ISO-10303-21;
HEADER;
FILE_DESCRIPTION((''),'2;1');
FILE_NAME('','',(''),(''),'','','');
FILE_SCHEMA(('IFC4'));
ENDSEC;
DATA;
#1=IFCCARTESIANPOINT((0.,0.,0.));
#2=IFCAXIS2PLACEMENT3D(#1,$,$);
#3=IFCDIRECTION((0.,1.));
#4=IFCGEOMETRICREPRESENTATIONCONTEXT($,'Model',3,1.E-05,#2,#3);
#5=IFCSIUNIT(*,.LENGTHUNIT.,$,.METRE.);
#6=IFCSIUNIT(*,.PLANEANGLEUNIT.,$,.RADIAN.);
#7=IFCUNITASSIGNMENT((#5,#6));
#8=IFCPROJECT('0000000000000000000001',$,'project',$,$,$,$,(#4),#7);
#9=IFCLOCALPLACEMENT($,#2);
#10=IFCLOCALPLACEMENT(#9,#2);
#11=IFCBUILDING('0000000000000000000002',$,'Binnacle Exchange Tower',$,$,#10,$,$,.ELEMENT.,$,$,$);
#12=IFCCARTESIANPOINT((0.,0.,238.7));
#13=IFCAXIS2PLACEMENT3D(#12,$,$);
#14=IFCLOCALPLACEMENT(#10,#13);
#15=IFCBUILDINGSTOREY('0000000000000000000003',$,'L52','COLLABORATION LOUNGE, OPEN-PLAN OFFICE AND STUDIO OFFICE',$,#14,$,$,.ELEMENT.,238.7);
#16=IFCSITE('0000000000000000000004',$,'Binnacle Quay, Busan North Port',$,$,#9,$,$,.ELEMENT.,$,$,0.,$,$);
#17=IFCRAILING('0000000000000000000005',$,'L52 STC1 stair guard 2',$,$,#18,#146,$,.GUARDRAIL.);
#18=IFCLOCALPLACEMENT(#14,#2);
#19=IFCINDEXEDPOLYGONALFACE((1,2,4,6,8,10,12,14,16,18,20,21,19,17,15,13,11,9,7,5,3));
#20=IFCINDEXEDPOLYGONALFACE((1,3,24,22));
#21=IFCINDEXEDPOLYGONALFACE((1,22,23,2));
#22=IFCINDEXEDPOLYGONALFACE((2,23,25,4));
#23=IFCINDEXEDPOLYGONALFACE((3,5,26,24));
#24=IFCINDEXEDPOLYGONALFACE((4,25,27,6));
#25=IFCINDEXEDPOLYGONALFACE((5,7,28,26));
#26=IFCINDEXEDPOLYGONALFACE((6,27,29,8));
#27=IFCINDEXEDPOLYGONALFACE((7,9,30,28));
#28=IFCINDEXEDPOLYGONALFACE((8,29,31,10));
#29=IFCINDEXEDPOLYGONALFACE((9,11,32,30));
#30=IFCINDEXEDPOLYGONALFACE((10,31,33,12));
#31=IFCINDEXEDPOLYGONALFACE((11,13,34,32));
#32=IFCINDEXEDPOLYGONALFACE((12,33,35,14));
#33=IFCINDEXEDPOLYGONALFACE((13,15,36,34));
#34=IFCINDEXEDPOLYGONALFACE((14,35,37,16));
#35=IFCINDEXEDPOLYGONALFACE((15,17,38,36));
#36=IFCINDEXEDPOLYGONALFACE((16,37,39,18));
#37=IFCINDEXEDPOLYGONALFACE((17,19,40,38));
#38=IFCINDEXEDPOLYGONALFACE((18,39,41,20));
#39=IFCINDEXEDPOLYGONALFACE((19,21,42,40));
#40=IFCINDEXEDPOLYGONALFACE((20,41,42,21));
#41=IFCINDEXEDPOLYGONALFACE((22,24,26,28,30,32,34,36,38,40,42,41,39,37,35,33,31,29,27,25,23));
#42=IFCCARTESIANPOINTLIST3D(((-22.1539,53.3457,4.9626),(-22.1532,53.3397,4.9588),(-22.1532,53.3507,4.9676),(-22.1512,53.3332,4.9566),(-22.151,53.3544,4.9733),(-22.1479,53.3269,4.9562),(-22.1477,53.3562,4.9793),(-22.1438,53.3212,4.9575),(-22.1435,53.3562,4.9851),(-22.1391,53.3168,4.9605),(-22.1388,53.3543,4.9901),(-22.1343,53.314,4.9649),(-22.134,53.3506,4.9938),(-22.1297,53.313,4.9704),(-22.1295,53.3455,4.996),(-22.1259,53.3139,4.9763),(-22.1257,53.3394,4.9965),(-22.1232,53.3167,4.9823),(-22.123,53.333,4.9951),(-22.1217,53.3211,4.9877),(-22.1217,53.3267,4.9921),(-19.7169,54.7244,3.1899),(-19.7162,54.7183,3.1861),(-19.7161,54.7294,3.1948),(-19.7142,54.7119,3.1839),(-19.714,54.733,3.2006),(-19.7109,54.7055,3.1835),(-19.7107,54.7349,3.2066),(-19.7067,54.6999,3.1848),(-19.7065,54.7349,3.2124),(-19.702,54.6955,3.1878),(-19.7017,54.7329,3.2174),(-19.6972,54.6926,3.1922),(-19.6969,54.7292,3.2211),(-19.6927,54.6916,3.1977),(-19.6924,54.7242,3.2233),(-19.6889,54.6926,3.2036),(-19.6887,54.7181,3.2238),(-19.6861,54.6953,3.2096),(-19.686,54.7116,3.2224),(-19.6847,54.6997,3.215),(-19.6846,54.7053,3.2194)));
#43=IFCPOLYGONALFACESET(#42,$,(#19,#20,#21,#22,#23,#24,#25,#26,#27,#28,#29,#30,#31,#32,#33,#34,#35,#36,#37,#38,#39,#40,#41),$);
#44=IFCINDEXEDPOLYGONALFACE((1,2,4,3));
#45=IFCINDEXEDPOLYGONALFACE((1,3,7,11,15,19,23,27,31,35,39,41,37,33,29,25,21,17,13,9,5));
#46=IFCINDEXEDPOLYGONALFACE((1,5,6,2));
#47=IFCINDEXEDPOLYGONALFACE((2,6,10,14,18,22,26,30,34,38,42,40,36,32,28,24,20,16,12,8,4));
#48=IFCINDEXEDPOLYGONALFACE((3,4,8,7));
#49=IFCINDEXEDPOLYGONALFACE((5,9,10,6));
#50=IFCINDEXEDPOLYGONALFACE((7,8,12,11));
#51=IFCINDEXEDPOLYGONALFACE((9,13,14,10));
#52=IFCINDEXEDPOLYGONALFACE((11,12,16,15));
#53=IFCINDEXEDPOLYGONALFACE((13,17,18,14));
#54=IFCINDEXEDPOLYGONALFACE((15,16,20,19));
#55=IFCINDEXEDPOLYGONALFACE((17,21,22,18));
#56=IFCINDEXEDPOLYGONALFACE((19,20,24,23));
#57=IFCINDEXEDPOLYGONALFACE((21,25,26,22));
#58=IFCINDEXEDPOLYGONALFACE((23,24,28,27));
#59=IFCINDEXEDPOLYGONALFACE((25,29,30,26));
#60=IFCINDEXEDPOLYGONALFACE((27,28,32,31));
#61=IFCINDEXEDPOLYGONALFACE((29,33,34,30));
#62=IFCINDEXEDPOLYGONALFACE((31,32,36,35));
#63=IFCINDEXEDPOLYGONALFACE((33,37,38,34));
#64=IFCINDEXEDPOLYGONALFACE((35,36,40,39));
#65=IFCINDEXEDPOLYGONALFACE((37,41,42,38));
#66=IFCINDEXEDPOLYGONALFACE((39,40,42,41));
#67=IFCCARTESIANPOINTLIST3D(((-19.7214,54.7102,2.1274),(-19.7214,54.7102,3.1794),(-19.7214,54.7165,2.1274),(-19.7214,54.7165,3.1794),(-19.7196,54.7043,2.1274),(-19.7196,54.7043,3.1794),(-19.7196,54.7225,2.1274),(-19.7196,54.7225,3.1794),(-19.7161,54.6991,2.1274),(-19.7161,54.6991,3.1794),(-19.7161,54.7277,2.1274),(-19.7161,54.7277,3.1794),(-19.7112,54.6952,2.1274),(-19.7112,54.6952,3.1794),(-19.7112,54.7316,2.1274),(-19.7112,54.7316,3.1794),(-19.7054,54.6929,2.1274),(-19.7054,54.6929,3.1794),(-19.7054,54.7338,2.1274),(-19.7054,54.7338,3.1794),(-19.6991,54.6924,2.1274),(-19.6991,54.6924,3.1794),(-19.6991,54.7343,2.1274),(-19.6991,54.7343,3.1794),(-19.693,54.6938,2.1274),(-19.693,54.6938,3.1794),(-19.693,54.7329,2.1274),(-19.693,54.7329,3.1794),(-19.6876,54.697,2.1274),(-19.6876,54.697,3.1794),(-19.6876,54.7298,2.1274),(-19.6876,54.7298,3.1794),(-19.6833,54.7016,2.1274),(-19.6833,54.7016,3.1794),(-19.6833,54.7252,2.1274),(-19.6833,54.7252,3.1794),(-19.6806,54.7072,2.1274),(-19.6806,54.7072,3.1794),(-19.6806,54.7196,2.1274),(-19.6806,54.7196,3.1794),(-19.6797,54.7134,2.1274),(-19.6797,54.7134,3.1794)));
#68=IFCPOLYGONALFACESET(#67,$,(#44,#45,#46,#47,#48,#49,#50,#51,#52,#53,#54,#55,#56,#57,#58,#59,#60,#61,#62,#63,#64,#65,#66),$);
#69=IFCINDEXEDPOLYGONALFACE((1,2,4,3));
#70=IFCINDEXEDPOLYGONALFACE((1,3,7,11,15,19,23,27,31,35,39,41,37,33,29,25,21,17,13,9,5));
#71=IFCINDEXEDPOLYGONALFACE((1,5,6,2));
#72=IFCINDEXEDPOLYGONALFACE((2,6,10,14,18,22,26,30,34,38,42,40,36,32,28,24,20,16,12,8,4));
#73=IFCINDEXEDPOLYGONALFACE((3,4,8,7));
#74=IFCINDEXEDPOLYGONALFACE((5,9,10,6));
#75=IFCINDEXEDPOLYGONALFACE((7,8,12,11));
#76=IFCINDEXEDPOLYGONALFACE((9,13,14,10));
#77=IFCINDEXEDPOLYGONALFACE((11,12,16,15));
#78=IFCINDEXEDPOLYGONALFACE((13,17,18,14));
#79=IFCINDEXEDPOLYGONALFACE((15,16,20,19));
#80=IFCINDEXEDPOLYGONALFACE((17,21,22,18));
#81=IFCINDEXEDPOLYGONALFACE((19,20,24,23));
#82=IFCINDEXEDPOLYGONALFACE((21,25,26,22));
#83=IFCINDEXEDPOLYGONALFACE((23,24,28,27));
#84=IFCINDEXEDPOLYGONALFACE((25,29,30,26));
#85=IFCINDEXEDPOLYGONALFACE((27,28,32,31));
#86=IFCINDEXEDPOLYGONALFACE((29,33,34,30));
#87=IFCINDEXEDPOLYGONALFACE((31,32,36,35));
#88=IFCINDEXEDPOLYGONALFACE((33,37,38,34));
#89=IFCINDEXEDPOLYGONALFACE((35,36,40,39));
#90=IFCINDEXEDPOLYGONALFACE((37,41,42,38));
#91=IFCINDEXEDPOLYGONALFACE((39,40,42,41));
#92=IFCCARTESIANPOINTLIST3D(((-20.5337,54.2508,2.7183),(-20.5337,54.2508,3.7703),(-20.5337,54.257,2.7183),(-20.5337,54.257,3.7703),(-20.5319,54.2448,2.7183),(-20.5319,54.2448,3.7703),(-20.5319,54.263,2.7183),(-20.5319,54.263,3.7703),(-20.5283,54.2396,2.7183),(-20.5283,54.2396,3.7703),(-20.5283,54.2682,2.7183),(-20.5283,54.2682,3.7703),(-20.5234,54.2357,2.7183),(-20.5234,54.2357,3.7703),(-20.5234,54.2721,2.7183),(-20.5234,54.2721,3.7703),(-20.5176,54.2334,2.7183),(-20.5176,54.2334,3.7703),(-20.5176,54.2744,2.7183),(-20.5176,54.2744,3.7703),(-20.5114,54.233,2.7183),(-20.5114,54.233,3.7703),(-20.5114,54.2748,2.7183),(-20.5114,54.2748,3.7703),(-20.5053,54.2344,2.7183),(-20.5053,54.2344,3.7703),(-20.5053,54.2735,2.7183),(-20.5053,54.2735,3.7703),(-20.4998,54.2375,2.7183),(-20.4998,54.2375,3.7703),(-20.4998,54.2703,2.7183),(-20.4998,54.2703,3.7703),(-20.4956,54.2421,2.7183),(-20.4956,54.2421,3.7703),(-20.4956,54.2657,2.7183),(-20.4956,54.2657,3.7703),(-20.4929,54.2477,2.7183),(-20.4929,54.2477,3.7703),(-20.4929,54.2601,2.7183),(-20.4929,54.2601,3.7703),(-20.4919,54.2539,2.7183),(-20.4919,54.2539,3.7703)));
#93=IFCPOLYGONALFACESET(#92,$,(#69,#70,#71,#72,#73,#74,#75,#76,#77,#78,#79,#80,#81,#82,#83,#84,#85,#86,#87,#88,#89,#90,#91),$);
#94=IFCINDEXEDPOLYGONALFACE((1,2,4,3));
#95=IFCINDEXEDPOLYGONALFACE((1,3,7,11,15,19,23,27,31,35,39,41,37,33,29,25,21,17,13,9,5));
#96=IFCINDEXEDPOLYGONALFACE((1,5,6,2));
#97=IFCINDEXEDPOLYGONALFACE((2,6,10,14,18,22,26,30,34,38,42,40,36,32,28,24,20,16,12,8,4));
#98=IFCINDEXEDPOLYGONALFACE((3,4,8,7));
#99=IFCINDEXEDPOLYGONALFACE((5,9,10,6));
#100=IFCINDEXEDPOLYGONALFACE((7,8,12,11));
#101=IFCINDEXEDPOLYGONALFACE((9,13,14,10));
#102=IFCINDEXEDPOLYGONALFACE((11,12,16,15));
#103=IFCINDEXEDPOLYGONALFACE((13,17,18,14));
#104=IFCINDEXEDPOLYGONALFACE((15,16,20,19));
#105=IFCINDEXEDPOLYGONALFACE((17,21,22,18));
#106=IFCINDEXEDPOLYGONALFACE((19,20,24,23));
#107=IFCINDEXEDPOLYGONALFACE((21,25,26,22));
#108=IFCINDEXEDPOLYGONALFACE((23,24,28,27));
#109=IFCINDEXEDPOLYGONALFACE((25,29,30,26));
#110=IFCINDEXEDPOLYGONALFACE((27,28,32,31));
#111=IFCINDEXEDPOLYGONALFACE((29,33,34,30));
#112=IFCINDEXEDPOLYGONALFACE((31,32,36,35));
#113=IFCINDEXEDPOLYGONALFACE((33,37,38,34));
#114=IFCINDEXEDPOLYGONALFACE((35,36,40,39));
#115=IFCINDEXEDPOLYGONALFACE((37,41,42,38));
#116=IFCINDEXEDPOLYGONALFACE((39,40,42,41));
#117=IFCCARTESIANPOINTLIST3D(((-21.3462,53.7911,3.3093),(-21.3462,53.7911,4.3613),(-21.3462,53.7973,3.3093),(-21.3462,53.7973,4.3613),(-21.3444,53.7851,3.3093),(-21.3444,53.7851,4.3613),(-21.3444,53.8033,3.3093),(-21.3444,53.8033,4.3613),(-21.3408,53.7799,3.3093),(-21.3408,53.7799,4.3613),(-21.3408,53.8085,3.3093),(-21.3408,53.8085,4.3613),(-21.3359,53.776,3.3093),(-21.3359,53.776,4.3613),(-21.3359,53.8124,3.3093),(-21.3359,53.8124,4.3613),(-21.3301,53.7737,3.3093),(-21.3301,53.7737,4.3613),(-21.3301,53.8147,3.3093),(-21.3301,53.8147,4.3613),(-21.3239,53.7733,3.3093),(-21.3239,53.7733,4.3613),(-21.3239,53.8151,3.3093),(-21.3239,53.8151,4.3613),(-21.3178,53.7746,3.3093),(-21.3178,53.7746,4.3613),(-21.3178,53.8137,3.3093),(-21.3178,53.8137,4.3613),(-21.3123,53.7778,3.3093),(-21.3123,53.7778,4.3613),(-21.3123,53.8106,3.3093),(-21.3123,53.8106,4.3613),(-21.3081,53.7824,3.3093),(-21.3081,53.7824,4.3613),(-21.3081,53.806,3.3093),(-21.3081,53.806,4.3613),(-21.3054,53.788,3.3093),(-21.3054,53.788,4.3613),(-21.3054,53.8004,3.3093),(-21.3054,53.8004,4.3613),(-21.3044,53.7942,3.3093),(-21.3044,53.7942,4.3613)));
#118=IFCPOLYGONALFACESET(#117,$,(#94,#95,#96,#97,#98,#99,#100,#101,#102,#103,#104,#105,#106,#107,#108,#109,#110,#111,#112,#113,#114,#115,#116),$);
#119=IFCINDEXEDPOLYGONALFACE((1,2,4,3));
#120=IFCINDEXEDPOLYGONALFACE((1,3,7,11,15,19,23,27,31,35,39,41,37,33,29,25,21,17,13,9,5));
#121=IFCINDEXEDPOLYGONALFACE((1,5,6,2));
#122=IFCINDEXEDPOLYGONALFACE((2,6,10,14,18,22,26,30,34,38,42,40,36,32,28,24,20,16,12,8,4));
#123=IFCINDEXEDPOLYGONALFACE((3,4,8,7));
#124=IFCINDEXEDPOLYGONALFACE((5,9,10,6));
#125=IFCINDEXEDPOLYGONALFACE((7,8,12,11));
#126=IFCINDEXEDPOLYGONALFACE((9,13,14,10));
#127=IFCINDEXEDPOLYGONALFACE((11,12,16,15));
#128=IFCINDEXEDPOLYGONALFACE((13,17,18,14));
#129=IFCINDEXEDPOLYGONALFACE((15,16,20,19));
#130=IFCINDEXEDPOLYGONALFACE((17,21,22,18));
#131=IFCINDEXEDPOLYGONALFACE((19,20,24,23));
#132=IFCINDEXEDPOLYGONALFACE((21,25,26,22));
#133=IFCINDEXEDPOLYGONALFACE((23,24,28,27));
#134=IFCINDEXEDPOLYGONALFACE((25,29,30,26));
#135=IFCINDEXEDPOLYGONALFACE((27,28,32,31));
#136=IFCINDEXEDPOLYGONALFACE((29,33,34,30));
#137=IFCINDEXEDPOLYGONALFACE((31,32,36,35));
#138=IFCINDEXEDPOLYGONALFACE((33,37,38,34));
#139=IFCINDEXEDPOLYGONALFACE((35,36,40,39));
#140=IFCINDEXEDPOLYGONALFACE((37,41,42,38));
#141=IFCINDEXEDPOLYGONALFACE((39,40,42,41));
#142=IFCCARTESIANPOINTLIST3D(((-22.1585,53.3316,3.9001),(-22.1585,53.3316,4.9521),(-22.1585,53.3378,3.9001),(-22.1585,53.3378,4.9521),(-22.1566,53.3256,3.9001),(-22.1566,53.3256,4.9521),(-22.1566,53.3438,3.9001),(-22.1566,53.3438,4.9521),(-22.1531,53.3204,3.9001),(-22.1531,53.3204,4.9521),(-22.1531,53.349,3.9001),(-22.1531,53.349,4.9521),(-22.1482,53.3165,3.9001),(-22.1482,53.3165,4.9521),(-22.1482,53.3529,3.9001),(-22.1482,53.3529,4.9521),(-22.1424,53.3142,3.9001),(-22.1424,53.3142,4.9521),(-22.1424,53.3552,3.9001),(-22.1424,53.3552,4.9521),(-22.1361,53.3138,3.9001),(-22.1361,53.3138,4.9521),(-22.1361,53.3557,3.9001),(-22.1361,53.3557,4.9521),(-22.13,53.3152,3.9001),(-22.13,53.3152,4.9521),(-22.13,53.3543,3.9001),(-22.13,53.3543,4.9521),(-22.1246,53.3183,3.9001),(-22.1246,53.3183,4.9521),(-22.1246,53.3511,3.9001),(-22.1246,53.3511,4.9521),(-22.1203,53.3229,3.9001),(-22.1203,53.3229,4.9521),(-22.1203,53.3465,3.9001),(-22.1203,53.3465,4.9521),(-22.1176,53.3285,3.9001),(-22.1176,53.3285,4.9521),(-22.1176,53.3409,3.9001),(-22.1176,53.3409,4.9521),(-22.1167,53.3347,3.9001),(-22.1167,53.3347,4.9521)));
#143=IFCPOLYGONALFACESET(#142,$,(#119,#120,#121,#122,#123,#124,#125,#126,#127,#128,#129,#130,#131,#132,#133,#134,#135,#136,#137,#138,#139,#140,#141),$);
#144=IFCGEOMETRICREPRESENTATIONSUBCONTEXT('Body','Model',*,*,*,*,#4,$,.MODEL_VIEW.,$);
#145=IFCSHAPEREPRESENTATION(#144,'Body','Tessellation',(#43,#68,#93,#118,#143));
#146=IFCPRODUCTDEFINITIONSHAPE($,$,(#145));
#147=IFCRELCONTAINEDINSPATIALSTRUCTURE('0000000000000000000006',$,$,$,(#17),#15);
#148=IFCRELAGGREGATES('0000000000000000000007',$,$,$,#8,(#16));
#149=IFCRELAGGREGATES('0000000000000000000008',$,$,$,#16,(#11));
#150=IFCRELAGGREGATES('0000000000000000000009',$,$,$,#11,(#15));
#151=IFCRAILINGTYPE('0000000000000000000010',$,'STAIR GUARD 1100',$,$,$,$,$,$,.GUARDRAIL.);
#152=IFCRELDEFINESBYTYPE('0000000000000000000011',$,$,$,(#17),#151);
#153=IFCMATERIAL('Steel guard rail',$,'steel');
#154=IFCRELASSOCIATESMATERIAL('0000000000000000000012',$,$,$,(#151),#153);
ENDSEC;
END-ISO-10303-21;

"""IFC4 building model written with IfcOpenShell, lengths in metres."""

from ifc_helpers import new_model, si_unit, direction, frame, origin, origin_2d, place, context, subcontext, project, spatial, circle, extrude, material, type_object, element, save


model = new_model("IFC4")

# Units and contexts
model_context = context("Model", 3, precision=1e-05, world=origin(), true_north=direction((0.0, 1.0)))
body_context = subcontext(model_context, "Body", "Model", "MODEL_VIEW")
ifc_project = project(units=[si_unit("LENGTHUNIT", "METRE"), si_unit("PLANEANGLEUNIT", "RADIAN")], contexts=[model_context])

# Site, building, storey
site_placement = place(None, origin())
site = spatial("IfcSite", under=ifc_project, at=site_placement, Name="Binnacle Quay, Busan North Port", CompositionType="ELEMENT", RefElevation=0.0)
building_placement = place(site_placement, origin())
building = spatial("IfcBuilding", under=site, at=building_placement, Name="Binnacle Exchange Tower", CompositionType="ELEMENT")
storey_placement = place(building_placement, frame((0.0, 0.0, 238.7)))
storey = spatial("IfcBuildingStorey", under=building, at=storey_placement, Name="L52", Description="COLLABORATION LOUNGE, OPEN-PLAN OFFICE AND STUDIO OFFICE", CompositionType="ELEMENT", Elevation=238.7)

# Railing
ifc_material_1 = material(Name="Steel guard rail", Category="steel")
railing_type_1 = type_object("IfcRailingType", Name="STAIR GUARD 1100", PredefinedType="GUARDRAIL", material=ifc_material_1)
railing_1_placement = place(storey_placement, frame((-19.7007, 54.7134, 2.1274)))
element("IfcRailing", 1, at=railing_1_placement, inside=storey, type_object=railing_type_1, Name="L52 STC1 stair guard 2", PredefinedType="GUARDRAIL", context=body_context, shape_type="SweptSolid", body=[
    extrude(circle(Radius=0.0239, at=origin_2d()), frame((0.0, 0.0, 1.0762), z_axis=(-0.735381, -0.416019, 0.534923), x_axis=(0.492388, -0.870376, 0.0)), (0.0, 0.0, 1.0), 3.314),
    extrude(circle(Radius=0.021, at=origin_2d()), origin(), (0.0, 0.0, 1.0), 1.052),
    extrude(circle(Radius=0.021, at=origin_2d()), frame((-0.8123, -0.4595, 0.5908)), (0.0, 0.0, 1.0), 1.052),
    extrude(circle(Radius=0.021, at=origin_2d()), frame((-1.6248, -0.9192, 1.1819)), (0.0, 0.0, 1.0), 1.052),
    extrude(circle(Radius=0.021, at=origin_2d()), frame((-2.437, -1.3787, 1.7727)), (0.0, 0.0, 1.0), 1.052),
])

save(model, "model.ifc")
